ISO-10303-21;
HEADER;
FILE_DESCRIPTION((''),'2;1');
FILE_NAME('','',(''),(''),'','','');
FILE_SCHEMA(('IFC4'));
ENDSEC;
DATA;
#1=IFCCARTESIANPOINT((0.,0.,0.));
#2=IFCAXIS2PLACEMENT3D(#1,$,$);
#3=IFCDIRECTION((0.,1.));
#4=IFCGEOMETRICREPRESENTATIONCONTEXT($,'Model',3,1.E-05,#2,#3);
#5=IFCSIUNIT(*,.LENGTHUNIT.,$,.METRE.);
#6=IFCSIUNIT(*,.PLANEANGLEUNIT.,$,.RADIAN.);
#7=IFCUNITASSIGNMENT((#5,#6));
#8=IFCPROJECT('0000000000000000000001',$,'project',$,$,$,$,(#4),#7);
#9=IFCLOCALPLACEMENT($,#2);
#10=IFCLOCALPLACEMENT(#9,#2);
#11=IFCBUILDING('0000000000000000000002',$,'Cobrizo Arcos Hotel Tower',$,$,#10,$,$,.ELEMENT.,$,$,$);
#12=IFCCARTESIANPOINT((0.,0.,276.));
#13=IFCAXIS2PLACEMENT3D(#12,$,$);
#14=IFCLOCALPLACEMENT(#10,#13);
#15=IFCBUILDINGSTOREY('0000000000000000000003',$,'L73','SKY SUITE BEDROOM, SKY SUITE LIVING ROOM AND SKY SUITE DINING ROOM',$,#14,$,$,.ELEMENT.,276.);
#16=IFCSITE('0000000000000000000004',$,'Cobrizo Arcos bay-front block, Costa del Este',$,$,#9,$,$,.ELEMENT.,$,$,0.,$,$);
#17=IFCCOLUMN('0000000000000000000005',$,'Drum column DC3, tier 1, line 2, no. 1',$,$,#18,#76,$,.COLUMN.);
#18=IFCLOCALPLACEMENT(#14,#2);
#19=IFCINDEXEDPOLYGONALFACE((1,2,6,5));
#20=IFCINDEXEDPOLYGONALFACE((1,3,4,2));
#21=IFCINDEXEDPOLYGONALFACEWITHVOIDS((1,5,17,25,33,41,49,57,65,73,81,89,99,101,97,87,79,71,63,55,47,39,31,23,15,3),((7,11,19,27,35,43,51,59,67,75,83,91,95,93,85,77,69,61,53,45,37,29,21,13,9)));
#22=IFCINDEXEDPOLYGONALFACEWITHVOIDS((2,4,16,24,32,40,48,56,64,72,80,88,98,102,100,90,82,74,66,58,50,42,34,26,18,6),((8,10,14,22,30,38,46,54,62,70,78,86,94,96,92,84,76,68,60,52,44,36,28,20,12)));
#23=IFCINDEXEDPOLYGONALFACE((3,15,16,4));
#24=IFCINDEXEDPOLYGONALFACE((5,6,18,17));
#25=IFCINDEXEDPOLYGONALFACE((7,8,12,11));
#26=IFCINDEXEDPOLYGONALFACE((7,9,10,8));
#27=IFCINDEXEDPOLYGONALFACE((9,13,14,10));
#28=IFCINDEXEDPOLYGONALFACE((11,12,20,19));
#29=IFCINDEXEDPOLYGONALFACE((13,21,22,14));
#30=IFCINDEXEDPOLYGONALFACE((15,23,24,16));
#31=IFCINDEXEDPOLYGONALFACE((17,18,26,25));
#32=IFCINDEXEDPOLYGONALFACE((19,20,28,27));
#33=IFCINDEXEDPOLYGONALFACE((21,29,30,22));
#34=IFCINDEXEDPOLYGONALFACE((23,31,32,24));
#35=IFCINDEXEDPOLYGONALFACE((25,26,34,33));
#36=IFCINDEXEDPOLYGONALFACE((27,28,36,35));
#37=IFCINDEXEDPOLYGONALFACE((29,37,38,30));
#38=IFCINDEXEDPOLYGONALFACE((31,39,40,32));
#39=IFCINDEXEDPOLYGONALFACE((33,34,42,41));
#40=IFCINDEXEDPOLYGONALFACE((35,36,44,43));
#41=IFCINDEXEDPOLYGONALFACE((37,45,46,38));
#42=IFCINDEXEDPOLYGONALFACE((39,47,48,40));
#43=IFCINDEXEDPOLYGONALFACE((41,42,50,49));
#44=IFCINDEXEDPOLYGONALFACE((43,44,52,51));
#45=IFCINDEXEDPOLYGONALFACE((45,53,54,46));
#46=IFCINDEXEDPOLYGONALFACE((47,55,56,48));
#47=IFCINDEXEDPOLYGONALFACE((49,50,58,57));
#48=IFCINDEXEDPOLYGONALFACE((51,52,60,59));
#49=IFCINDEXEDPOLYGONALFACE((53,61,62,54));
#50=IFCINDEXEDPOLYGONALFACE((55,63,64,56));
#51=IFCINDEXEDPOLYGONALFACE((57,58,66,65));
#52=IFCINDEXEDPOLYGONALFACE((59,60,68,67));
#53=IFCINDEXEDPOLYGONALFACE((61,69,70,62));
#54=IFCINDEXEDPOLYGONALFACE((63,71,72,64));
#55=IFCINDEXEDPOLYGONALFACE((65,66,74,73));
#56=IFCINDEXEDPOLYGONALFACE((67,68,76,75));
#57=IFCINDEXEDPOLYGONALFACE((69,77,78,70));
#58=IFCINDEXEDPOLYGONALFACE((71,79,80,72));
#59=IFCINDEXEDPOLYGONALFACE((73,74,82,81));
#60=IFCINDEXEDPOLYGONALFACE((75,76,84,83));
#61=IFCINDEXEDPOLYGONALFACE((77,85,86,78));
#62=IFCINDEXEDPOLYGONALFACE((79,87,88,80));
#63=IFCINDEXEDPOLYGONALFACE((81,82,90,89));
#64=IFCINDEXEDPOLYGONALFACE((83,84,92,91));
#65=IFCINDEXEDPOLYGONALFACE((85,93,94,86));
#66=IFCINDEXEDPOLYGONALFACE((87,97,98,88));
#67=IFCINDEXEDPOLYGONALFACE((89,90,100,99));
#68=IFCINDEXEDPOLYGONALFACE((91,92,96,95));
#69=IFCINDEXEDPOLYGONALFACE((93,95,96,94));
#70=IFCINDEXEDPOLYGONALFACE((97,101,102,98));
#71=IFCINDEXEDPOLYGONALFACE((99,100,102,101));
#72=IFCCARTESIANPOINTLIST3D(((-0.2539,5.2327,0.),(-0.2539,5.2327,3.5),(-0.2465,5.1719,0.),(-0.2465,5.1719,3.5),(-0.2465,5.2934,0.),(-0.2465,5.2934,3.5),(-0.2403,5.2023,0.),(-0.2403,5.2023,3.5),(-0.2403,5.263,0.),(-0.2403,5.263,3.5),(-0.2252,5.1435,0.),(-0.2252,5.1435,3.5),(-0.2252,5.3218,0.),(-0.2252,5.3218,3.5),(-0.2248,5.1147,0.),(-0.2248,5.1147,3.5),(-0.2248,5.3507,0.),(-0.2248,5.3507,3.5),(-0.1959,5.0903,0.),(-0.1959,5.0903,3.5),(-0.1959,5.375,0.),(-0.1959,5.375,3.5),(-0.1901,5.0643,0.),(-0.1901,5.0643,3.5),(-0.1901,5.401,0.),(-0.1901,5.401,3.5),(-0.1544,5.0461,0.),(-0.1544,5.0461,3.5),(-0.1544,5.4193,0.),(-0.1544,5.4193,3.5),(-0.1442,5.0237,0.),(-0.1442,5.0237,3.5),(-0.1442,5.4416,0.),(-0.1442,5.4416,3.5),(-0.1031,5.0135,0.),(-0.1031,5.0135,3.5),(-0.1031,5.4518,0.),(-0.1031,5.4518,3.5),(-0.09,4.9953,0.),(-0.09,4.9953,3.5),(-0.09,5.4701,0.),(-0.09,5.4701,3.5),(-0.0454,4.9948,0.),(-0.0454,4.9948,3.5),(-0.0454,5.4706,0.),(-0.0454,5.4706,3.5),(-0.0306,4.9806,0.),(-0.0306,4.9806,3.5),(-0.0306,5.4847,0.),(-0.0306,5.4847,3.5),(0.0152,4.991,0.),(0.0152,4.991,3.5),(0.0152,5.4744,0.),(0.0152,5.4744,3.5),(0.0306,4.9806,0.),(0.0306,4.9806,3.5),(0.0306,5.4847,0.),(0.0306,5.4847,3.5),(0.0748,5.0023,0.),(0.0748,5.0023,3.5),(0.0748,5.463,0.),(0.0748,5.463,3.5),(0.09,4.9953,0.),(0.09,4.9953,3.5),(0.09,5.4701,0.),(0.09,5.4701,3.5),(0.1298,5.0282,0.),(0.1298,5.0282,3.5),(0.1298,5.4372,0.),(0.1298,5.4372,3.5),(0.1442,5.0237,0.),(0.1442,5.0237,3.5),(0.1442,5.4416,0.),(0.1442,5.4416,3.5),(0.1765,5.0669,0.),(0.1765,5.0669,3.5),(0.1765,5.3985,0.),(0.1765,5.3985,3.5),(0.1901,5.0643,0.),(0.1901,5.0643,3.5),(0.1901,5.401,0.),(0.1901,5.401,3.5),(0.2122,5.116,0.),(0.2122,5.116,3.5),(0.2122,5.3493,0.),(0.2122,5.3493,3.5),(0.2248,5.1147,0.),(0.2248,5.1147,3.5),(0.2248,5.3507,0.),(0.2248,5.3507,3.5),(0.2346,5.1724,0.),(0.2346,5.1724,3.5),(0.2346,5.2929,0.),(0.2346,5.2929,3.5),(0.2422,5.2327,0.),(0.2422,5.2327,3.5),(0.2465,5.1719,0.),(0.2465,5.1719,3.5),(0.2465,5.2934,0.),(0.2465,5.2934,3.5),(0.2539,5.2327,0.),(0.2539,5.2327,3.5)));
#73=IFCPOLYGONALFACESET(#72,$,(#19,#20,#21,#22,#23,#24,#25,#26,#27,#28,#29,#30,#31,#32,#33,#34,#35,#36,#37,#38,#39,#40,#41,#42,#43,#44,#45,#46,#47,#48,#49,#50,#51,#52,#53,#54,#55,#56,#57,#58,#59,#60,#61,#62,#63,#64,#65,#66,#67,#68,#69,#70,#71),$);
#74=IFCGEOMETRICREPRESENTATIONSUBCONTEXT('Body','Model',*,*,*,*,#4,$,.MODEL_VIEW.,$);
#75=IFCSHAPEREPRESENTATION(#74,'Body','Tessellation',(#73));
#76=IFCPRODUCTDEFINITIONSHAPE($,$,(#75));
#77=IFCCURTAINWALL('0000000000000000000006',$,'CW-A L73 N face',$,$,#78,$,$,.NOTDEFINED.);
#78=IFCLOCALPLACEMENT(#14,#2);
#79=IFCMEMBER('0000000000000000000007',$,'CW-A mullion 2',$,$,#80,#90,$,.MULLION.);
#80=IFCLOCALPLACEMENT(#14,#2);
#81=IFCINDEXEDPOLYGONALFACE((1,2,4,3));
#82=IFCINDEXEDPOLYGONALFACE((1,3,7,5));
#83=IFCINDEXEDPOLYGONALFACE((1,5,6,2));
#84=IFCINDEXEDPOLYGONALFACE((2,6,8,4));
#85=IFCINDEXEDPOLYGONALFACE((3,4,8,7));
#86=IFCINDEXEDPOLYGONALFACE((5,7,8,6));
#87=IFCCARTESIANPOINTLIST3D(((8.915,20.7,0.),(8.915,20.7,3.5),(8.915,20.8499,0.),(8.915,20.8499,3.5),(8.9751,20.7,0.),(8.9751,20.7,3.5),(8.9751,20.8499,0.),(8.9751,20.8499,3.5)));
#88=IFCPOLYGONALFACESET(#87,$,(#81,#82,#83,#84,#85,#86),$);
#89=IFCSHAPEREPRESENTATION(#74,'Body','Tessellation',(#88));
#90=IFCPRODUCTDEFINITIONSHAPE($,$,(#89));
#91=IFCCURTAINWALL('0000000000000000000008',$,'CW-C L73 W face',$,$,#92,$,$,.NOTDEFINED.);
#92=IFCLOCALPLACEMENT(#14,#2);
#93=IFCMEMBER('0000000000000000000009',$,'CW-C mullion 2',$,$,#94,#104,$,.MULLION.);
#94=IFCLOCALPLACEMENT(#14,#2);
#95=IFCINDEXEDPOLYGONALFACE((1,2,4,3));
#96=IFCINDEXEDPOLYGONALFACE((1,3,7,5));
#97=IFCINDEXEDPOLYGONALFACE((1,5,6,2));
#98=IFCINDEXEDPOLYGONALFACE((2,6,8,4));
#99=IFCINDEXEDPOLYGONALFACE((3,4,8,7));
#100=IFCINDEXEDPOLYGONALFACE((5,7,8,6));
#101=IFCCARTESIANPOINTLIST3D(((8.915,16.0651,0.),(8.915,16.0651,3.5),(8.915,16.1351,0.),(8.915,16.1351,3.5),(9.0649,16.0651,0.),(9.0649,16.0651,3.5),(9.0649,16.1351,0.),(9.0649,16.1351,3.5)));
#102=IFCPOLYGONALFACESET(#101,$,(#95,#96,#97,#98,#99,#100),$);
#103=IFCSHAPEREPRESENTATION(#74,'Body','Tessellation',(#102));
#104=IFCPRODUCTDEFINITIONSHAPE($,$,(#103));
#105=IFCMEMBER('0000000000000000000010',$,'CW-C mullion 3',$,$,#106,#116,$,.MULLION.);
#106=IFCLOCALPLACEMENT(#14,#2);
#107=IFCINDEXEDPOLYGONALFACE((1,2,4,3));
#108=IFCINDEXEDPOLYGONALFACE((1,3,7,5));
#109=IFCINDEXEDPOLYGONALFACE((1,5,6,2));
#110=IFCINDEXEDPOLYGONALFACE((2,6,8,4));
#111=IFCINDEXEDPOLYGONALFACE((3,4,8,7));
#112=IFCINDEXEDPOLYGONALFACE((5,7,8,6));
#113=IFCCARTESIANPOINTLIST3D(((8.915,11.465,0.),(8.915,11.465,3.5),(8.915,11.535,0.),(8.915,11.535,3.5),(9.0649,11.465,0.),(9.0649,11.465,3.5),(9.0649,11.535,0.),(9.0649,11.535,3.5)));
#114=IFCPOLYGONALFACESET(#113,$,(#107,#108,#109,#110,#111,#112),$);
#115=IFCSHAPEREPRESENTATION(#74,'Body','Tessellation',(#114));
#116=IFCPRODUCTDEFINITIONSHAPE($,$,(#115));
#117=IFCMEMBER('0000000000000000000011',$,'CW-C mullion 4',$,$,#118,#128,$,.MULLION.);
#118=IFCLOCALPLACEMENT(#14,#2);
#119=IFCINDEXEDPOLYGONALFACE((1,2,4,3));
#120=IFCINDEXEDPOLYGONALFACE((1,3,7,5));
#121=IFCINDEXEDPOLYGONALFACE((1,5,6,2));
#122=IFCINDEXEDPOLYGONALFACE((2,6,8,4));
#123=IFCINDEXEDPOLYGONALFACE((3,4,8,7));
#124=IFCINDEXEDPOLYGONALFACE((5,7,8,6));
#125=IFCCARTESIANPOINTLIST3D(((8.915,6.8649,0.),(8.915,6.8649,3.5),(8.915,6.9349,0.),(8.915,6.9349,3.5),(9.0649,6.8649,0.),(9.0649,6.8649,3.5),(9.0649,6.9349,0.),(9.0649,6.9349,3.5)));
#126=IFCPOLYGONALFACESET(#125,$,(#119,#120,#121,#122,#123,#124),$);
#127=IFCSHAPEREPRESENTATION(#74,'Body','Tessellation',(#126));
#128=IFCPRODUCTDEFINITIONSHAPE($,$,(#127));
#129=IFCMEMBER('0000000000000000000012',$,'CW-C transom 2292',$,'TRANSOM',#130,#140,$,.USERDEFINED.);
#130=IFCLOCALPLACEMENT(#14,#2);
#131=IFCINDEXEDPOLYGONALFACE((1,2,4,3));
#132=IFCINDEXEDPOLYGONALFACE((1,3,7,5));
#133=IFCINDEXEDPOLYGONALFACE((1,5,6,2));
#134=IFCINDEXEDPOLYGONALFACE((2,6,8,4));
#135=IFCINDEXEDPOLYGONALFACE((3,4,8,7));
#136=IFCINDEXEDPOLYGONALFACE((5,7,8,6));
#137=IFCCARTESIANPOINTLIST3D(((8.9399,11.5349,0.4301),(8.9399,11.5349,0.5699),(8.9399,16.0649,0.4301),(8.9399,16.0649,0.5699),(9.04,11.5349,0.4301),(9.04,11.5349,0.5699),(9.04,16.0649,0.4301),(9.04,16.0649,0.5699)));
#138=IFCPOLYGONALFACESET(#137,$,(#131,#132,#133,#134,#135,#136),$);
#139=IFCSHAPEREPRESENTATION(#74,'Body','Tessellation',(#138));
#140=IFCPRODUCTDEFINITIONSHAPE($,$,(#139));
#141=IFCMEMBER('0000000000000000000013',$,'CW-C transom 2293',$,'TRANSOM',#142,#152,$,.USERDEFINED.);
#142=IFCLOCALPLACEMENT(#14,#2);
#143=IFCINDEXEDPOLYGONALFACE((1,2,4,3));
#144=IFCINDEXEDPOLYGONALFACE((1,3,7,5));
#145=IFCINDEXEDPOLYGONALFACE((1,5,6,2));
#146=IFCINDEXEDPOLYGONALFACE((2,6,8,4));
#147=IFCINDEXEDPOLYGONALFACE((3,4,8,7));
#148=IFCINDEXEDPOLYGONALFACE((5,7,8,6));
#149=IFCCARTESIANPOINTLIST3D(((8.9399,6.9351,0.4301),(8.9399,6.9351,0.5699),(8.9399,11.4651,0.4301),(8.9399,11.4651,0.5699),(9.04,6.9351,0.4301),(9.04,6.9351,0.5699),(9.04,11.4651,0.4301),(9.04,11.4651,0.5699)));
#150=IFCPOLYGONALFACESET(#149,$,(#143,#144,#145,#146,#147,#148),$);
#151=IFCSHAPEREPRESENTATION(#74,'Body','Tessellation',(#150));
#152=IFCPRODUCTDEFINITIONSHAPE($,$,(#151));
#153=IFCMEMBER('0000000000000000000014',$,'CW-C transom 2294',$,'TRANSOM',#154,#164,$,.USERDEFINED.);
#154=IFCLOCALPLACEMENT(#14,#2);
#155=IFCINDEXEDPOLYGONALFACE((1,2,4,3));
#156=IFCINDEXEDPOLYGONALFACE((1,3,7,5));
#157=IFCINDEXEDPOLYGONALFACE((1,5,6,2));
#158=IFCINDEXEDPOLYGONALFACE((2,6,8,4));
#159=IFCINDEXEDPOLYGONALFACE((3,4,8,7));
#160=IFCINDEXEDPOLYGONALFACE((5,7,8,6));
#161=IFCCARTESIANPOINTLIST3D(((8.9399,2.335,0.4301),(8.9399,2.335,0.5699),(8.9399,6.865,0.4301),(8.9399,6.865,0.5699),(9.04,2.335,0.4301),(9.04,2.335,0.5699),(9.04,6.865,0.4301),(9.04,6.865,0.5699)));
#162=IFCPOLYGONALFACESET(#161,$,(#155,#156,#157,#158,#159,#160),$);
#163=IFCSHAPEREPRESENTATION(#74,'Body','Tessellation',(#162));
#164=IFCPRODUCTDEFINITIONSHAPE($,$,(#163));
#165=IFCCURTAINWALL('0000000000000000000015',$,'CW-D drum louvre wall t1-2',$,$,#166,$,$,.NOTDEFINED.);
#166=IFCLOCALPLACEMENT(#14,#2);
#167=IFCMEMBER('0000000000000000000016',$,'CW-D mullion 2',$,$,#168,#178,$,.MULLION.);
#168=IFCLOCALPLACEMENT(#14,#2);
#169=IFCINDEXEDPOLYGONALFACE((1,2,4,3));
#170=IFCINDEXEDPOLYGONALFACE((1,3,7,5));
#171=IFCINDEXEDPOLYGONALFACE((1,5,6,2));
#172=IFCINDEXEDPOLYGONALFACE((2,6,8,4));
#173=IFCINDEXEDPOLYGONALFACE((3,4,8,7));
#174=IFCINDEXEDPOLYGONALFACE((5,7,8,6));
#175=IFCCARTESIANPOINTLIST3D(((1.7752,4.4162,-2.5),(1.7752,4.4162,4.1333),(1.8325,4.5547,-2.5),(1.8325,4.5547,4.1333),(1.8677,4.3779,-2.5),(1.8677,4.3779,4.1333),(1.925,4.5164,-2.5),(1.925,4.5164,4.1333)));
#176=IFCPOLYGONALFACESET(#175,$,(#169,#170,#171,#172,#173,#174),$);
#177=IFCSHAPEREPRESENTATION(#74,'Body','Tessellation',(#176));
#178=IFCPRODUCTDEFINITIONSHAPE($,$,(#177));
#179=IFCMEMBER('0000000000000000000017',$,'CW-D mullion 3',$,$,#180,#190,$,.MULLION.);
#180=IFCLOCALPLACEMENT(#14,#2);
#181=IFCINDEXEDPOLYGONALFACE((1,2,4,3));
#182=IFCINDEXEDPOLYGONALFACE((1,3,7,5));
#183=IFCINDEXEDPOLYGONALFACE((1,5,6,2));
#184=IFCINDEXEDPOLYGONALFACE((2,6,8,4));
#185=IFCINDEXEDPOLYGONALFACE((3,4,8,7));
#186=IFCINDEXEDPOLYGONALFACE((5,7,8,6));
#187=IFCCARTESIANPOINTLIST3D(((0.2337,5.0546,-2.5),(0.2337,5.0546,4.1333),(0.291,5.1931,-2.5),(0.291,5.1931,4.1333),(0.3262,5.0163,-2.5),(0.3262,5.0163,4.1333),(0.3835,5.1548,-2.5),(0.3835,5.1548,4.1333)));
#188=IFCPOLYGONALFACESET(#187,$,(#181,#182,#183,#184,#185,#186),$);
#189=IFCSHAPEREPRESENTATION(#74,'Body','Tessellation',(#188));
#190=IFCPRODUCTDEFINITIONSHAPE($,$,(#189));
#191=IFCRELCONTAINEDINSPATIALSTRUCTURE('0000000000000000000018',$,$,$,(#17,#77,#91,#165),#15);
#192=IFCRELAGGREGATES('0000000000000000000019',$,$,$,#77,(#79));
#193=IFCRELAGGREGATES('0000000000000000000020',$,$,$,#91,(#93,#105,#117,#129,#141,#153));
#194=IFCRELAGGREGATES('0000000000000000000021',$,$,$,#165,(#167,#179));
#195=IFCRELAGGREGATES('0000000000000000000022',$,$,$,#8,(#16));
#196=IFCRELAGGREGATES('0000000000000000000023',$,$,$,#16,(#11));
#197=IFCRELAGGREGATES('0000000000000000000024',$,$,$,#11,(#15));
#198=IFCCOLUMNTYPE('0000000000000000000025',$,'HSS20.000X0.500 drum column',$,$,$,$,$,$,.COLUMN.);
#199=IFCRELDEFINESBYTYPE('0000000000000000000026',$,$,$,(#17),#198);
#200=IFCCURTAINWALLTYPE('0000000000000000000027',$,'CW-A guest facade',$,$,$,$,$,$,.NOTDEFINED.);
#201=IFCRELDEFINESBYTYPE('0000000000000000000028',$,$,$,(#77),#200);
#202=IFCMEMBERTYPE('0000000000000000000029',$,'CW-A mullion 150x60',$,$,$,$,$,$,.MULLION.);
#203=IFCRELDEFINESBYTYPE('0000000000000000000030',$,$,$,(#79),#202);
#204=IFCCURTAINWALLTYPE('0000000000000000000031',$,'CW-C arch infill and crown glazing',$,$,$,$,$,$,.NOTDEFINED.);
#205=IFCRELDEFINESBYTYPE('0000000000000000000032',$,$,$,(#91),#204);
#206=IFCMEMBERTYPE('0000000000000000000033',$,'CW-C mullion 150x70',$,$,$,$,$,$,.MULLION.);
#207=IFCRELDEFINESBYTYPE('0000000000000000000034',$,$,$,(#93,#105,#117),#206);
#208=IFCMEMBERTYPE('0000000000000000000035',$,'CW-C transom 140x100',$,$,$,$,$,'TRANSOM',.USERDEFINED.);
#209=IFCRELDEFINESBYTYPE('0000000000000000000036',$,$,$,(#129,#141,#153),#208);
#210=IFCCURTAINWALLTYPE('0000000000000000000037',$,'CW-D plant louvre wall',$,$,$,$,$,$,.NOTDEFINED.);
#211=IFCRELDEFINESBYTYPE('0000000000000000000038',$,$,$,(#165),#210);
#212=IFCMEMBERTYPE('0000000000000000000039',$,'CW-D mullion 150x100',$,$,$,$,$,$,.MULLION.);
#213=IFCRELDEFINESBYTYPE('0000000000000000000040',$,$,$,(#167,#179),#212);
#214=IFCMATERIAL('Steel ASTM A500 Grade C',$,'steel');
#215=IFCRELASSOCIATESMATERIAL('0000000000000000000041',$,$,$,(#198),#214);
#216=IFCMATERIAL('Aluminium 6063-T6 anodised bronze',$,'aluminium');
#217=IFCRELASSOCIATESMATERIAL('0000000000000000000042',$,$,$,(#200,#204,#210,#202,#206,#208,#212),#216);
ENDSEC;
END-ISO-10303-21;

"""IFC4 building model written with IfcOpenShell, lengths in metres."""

from ifc_helpers import new_model, si_unit, direction, frame, origin, origin_2d, place, context, subcontext, project, spatial, rectangle, hollow_circle, extrude, material, material_profile, profile_set, type_object, element, aggregate, save


model = new_model("IFC4")

# Units and contexts
model_context = context("Model", 3, precision=1e-05, world=origin(), true_north=direction((0.0, 1.0)))
body_context = subcontext(model_context, "Body", "Model", "MODEL_VIEW")
ifc_project = project(units=[si_unit("LENGTHUNIT", "METRE"), si_unit("PLANEANGLEUNIT", "RADIAN")], contexts=[model_context])

# Site, building, storey
site_placement = place(None, origin())
site = spatial("IfcSite", under=ifc_project, at=site_placement, Name="Cobrizo Arcos bay-front block, Costa del Este", CompositionType="ELEMENT", RefElevation=0.0)
building_placement = place(site_placement, origin())
building = spatial("IfcBuilding", under=site, at=building_placement, Name="Cobrizo Arcos Hotel Tower", CompositionType="ELEMENT")
storey_placement = place(building_placement, frame((0.0, 0.0, 276.0)))
storey = spatial("IfcBuildingStorey", under=building, at=storey_placement, Name="L73", Description="SKY SUITE BEDROOM, SKY SUITE LIVING ROOM AND SKY SUITE DINING ROOM", CompositionType="ELEMENT", Elevation=276.0)

# Column
ifc_material_1 = material(Name="Steel ASTM A500 Grade C", Category="steel")
ifc_material_profile_1 = material_profile(ifc_material_1, hollow_circle(Radius=0.2539, WallThickness=0.0117, at=origin_2d()), Name="HSS20.000X0.500")
ifc_profile_set_1 = profile_set([ifc_material_profile_1], Name="Steel ASTM A500 Grade C")
column_type = type_object("IfcColumnType", Name="HSS20.000X0.500 drum column", PredefinedType="COLUMN", material=ifc_profile_set_1)
column_placement = place(storey_placement, frame((0.0, 5.2327, 0.0), z_axis=(0.0, 0.0, 1.0), x_axis=(1.0, 0.0, 0.0)))
element("IfcColumn", 1, at=column_placement, inside=storey, type_object=column_type, Name="Drum column DC3, tier 1, line 2, no. 1", PredefinedType="COLUMN", context=body_context, shape_type="SweptSolid", body=[
    extrude(hollow_circle(Radius=0.2539, WallThickness=0.0117, at=origin_2d()), origin(), (0.0, 0.0, 1.0), 3.5),
])

# Curtain wall, member
ifc_material_2 = material(Name="Aluminium 6063-T6 anodised bronze", Category="aluminium")
curtain_wall_type_1 = type_object("IfcCurtainWallType", Name="CW-A guest facade", PredefinedType="NOTDEFINED", material=ifc_material_2)
curtain_wall_1_placement = place(storey_placement, origin())
curtain_wall_1 = element("IfcCurtainWall", 2, at=curtain_wall_1_placement, inside=storey, type_object=curtain_wall_type_1, Name="CW-A L73 N face", PredefinedType="NOTDEFINED")
ifc_material_profile_2 = material_profile(ifc_material_2, rectangle(XDim=0.1499, YDim=0.0601, at=origin_2d()), Name="CW-A mullion 150x60")
ifc_profile_set_2 = profile_set([ifc_material_profile_2], Name="Aluminium 6063-T6 anodised bronze")
member_type_1 = type_object("IfcMemberType", Name="CW-A mullion 150x60", PredefinedType="MULLION", material=ifc_profile_set_2)
member_1_placement = place(storey_placement, frame((8.9451, 20.7749, 0.0), z_axis=(0.0, 0.0, 1.0), x_axis=(0.0, 1.0, 0.0)))
member_1 = element("IfcMember", 3, at=member_1_placement, type_object=member_type_1, Name="CW-A mullion 2", PredefinedType="MULLION", context=body_context, shape_type="SweptSolid", body=[
    extrude(rectangle(XDim=0.1499, YDim=0.0601, at=origin_2d()), origin(), (0.0, 0.0, 1.0), 3.5),
])
aggregate(curtain_wall_1, [member_1])

# Curtain walls, members
curtain_wall_type_2 = type_object("IfcCurtainWallType", Name="CW-C arch infill and crown glazing", PredefinedType="NOTDEFINED", material=ifc_material_2)
curtain_wall_2_placement = place(storey_placement, origin())
curtain_wall_2 = element("IfcCurtainWall", 4, at=curtain_wall_2_placement, inside=storey, type_object=curtain_wall_type_2, Name="CW-C L73 W face", PredefinedType="NOTDEFINED")
ifc_material_profile_3 = material_profile(ifc_material_2, rectangle(XDim=0.1499, YDim=0.0701, at=origin_2d()), Name="CW-C mullion 150x70")
ifc_profile_set_3 = profile_set([ifc_material_profile_3], Name="Aluminium 6063-T6 anodised bronze")
member_type_2 = type_object("IfcMemberType", Name="CW-C mullion 150x70", PredefinedType="MULLION", material=ifc_profile_set_3)
member_2_placement = place(storey_placement, frame((8.99, 16.1001, 0.0), z_axis=(0.0, 0.0, 1.0), x_axis=(-1.0, 0.0, 0.0)))
member_2 = element("IfcMember", 5, at=member_2_placement, type_object=member_type_2, Name="CW-C mullion 2", PredefinedType="MULLION", context=body_context, shape_type="SweptSolid", body=[
    extrude(rectangle(XDim=0.1499, YDim=0.0701, at=origin_2d()), origin(), (0.0, 0.0, 1.0), 3.5),
])
member_3_placement = place(storey_placement, frame((8.99, 11.5, 0.0), z_axis=(0.0, 0.0, 1.0), x_axis=(-1.0, 0.0, 0.0)))
member_3 = element("IfcMember", 6, at=member_3_placement, type_object=member_type_2, Name="CW-C mullion 3", PredefinedType="MULLION", context=body_context, shape_type="SweptSolid", body=[
    extrude(rectangle(XDim=0.1499, YDim=0.0701, at=origin_2d()), origin(), (0.0, 0.0, 1.0), 3.5),
])
member_4_placement = place(storey_placement, frame((8.99, 6.8999, 0.0), z_axis=(0.0, 0.0, 1.0), x_axis=(-1.0, 0.0, 0.0)))
member_4 = element("IfcMember", 7, at=member_4_placement, type_object=member_type_2, Name="CW-C mullion 4", PredefinedType="MULLION", context=body_context, shape_type="SweptSolid", body=[
    extrude(rectangle(XDim=0.1499, YDim=0.0701, at=origin_2d()), origin(), (0.0, 0.0, 1.0), 3.5),
])
ifc_material_profile_4 = material_profile(ifc_material_2, rectangle(XDim=0.1001, YDim=0.1399, at=origin_2d()), Name="CW-C transom 140x100")
ifc_profile_set_4 = profile_set([ifc_material_profile_4], Name="Aluminium 6063-T6 anodised bronze")
member_type_3 = type_object("IfcMemberType", Name="CW-C transom 140x100", ElementType="TRANSOM", PredefinedType="USERDEFINED", material=ifc_profile_set_4)
member_5_placement = place(storey_placement, frame((8.99, 16.0649, 0.5), z_axis=(0.0, -1.0, 0.0), x_axis=(1.0, 0.0, 0.0)))
member_5 = element("IfcMember", 8, at=member_5_placement, type_object=member_type_3, Name="CW-C transom 2292", ObjectType="TRANSOM", PredefinedType="USERDEFINED", context=body_context, shape_type="SweptSolid", body=[
    extrude(rectangle(XDim=0.1001, YDim=0.1399, at=origin_2d()), origin(), (0.0, 0.0, 1.0), 4.53),
])
member_6_placement = place(storey_placement, frame((8.99, 11.4651, 0.5), z_axis=(0.0, -1.0, 0.0), x_axis=(1.0, 0.0, 0.0)))
member_6 = element("IfcMember", 9, at=member_6_placement, type_object=member_type_3, Name="CW-C transom 2293", ObjectType="TRANSOM", PredefinedType="USERDEFINED", context=body_context, shape_type="SweptSolid", body=[
    extrude(rectangle(XDim=0.1001, YDim=0.1399, at=origin_2d()), origin(), (0.0, 0.0, 1.0), 4.53),
])
member_7_placement = place(storey_placement, frame((8.99, 6.865, 0.5), z_axis=(0.0, -1.0, 0.0), x_axis=(1.0, 0.0, 0.0)))
member_7 = element("IfcMember", 10, at=member_7_placement, type_object=member_type_3, Name="CW-C transom 2294", ObjectType="TRANSOM", PredefinedType="USERDEFINED", context=body_context, shape_type="SweptSolid", body=[
    extrude(rectangle(XDim=0.1001, YDim=0.1399, at=origin_2d()), origin(), (0.0, 0.0, 1.0), 4.53),
])
curtain_wall_type_3 = type_object("IfcCurtainWallType", Name="CW-D plant louvre wall", PredefinedType="NOTDEFINED", material=ifc_material_2)
curtain_wall_3_placement = place(storey_placement, origin())
curtain_wall_3 = element("IfcCurtainWall", 11, at=curtain_wall_3_placement, inside=storey, type_object=curtain_wall_type_3, Name="CW-D drum louvre wall t1-2", PredefinedType="NOTDEFINED")
ifc_material_profile_5 = material_profile(ifc_material_2, rectangle(XDim=0.1499, YDim=0.1001, at=origin_2d()), Name="CW-D mullion 150x100")
ifc_profile_set_5 = profile_set([ifc_material_profile_5], Name="Aluminium 6063-T6 anodised bronze")
member_type_4 = type_object("IfcMemberType", Name="CW-D mullion 150x100", PredefinedType="MULLION", material=ifc_profile_set_5)
member_8_placement = place(storey_placement, frame((1.8501, 4.4663, -2.5), z_axis=(0.0, 0.0, 1.0), x_axis=(0.382683, 0.92388, 0.0)))
member_8 = element("IfcMember", 12, at=member_8_placement, type_object=member_type_4, Name="CW-D mullion 2", PredefinedType="MULLION", context=body_context, shape_type="SweptSolid", body=[
    extrude(rectangle(XDim=0.1499, YDim=0.1001, at=origin_2d()), origin(), (0.0, 0.0, 1.0), 6.6333),
])
member_9_placement = place(storey_placement, frame((0.3086, 5.1047, -2.5), z_axis=(0.0, 0.0, 1.0), x_axis=(0.382683, 0.92388, 0.0)))
member_9 = element("IfcMember", 13, at=member_9_placement, type_object=member_type_4, Name="CW-D mullion 3", PredefinedType="MULLION", context=body_context, shape_type="SweptSolid", body=[
    extrude(rectangle(XDim=0.1499, YDim=0.1001, at=origin_2d()), origin(), (0.0, 0.0, 1.0), 6.6333),
])

aggregate(curtain_wall_2, [member_2, member_3, member_4, member_5, member_6, member_7])
aggregate(curtain_wall_3, [member_8, member_9])

save(model, "model.ifc")
